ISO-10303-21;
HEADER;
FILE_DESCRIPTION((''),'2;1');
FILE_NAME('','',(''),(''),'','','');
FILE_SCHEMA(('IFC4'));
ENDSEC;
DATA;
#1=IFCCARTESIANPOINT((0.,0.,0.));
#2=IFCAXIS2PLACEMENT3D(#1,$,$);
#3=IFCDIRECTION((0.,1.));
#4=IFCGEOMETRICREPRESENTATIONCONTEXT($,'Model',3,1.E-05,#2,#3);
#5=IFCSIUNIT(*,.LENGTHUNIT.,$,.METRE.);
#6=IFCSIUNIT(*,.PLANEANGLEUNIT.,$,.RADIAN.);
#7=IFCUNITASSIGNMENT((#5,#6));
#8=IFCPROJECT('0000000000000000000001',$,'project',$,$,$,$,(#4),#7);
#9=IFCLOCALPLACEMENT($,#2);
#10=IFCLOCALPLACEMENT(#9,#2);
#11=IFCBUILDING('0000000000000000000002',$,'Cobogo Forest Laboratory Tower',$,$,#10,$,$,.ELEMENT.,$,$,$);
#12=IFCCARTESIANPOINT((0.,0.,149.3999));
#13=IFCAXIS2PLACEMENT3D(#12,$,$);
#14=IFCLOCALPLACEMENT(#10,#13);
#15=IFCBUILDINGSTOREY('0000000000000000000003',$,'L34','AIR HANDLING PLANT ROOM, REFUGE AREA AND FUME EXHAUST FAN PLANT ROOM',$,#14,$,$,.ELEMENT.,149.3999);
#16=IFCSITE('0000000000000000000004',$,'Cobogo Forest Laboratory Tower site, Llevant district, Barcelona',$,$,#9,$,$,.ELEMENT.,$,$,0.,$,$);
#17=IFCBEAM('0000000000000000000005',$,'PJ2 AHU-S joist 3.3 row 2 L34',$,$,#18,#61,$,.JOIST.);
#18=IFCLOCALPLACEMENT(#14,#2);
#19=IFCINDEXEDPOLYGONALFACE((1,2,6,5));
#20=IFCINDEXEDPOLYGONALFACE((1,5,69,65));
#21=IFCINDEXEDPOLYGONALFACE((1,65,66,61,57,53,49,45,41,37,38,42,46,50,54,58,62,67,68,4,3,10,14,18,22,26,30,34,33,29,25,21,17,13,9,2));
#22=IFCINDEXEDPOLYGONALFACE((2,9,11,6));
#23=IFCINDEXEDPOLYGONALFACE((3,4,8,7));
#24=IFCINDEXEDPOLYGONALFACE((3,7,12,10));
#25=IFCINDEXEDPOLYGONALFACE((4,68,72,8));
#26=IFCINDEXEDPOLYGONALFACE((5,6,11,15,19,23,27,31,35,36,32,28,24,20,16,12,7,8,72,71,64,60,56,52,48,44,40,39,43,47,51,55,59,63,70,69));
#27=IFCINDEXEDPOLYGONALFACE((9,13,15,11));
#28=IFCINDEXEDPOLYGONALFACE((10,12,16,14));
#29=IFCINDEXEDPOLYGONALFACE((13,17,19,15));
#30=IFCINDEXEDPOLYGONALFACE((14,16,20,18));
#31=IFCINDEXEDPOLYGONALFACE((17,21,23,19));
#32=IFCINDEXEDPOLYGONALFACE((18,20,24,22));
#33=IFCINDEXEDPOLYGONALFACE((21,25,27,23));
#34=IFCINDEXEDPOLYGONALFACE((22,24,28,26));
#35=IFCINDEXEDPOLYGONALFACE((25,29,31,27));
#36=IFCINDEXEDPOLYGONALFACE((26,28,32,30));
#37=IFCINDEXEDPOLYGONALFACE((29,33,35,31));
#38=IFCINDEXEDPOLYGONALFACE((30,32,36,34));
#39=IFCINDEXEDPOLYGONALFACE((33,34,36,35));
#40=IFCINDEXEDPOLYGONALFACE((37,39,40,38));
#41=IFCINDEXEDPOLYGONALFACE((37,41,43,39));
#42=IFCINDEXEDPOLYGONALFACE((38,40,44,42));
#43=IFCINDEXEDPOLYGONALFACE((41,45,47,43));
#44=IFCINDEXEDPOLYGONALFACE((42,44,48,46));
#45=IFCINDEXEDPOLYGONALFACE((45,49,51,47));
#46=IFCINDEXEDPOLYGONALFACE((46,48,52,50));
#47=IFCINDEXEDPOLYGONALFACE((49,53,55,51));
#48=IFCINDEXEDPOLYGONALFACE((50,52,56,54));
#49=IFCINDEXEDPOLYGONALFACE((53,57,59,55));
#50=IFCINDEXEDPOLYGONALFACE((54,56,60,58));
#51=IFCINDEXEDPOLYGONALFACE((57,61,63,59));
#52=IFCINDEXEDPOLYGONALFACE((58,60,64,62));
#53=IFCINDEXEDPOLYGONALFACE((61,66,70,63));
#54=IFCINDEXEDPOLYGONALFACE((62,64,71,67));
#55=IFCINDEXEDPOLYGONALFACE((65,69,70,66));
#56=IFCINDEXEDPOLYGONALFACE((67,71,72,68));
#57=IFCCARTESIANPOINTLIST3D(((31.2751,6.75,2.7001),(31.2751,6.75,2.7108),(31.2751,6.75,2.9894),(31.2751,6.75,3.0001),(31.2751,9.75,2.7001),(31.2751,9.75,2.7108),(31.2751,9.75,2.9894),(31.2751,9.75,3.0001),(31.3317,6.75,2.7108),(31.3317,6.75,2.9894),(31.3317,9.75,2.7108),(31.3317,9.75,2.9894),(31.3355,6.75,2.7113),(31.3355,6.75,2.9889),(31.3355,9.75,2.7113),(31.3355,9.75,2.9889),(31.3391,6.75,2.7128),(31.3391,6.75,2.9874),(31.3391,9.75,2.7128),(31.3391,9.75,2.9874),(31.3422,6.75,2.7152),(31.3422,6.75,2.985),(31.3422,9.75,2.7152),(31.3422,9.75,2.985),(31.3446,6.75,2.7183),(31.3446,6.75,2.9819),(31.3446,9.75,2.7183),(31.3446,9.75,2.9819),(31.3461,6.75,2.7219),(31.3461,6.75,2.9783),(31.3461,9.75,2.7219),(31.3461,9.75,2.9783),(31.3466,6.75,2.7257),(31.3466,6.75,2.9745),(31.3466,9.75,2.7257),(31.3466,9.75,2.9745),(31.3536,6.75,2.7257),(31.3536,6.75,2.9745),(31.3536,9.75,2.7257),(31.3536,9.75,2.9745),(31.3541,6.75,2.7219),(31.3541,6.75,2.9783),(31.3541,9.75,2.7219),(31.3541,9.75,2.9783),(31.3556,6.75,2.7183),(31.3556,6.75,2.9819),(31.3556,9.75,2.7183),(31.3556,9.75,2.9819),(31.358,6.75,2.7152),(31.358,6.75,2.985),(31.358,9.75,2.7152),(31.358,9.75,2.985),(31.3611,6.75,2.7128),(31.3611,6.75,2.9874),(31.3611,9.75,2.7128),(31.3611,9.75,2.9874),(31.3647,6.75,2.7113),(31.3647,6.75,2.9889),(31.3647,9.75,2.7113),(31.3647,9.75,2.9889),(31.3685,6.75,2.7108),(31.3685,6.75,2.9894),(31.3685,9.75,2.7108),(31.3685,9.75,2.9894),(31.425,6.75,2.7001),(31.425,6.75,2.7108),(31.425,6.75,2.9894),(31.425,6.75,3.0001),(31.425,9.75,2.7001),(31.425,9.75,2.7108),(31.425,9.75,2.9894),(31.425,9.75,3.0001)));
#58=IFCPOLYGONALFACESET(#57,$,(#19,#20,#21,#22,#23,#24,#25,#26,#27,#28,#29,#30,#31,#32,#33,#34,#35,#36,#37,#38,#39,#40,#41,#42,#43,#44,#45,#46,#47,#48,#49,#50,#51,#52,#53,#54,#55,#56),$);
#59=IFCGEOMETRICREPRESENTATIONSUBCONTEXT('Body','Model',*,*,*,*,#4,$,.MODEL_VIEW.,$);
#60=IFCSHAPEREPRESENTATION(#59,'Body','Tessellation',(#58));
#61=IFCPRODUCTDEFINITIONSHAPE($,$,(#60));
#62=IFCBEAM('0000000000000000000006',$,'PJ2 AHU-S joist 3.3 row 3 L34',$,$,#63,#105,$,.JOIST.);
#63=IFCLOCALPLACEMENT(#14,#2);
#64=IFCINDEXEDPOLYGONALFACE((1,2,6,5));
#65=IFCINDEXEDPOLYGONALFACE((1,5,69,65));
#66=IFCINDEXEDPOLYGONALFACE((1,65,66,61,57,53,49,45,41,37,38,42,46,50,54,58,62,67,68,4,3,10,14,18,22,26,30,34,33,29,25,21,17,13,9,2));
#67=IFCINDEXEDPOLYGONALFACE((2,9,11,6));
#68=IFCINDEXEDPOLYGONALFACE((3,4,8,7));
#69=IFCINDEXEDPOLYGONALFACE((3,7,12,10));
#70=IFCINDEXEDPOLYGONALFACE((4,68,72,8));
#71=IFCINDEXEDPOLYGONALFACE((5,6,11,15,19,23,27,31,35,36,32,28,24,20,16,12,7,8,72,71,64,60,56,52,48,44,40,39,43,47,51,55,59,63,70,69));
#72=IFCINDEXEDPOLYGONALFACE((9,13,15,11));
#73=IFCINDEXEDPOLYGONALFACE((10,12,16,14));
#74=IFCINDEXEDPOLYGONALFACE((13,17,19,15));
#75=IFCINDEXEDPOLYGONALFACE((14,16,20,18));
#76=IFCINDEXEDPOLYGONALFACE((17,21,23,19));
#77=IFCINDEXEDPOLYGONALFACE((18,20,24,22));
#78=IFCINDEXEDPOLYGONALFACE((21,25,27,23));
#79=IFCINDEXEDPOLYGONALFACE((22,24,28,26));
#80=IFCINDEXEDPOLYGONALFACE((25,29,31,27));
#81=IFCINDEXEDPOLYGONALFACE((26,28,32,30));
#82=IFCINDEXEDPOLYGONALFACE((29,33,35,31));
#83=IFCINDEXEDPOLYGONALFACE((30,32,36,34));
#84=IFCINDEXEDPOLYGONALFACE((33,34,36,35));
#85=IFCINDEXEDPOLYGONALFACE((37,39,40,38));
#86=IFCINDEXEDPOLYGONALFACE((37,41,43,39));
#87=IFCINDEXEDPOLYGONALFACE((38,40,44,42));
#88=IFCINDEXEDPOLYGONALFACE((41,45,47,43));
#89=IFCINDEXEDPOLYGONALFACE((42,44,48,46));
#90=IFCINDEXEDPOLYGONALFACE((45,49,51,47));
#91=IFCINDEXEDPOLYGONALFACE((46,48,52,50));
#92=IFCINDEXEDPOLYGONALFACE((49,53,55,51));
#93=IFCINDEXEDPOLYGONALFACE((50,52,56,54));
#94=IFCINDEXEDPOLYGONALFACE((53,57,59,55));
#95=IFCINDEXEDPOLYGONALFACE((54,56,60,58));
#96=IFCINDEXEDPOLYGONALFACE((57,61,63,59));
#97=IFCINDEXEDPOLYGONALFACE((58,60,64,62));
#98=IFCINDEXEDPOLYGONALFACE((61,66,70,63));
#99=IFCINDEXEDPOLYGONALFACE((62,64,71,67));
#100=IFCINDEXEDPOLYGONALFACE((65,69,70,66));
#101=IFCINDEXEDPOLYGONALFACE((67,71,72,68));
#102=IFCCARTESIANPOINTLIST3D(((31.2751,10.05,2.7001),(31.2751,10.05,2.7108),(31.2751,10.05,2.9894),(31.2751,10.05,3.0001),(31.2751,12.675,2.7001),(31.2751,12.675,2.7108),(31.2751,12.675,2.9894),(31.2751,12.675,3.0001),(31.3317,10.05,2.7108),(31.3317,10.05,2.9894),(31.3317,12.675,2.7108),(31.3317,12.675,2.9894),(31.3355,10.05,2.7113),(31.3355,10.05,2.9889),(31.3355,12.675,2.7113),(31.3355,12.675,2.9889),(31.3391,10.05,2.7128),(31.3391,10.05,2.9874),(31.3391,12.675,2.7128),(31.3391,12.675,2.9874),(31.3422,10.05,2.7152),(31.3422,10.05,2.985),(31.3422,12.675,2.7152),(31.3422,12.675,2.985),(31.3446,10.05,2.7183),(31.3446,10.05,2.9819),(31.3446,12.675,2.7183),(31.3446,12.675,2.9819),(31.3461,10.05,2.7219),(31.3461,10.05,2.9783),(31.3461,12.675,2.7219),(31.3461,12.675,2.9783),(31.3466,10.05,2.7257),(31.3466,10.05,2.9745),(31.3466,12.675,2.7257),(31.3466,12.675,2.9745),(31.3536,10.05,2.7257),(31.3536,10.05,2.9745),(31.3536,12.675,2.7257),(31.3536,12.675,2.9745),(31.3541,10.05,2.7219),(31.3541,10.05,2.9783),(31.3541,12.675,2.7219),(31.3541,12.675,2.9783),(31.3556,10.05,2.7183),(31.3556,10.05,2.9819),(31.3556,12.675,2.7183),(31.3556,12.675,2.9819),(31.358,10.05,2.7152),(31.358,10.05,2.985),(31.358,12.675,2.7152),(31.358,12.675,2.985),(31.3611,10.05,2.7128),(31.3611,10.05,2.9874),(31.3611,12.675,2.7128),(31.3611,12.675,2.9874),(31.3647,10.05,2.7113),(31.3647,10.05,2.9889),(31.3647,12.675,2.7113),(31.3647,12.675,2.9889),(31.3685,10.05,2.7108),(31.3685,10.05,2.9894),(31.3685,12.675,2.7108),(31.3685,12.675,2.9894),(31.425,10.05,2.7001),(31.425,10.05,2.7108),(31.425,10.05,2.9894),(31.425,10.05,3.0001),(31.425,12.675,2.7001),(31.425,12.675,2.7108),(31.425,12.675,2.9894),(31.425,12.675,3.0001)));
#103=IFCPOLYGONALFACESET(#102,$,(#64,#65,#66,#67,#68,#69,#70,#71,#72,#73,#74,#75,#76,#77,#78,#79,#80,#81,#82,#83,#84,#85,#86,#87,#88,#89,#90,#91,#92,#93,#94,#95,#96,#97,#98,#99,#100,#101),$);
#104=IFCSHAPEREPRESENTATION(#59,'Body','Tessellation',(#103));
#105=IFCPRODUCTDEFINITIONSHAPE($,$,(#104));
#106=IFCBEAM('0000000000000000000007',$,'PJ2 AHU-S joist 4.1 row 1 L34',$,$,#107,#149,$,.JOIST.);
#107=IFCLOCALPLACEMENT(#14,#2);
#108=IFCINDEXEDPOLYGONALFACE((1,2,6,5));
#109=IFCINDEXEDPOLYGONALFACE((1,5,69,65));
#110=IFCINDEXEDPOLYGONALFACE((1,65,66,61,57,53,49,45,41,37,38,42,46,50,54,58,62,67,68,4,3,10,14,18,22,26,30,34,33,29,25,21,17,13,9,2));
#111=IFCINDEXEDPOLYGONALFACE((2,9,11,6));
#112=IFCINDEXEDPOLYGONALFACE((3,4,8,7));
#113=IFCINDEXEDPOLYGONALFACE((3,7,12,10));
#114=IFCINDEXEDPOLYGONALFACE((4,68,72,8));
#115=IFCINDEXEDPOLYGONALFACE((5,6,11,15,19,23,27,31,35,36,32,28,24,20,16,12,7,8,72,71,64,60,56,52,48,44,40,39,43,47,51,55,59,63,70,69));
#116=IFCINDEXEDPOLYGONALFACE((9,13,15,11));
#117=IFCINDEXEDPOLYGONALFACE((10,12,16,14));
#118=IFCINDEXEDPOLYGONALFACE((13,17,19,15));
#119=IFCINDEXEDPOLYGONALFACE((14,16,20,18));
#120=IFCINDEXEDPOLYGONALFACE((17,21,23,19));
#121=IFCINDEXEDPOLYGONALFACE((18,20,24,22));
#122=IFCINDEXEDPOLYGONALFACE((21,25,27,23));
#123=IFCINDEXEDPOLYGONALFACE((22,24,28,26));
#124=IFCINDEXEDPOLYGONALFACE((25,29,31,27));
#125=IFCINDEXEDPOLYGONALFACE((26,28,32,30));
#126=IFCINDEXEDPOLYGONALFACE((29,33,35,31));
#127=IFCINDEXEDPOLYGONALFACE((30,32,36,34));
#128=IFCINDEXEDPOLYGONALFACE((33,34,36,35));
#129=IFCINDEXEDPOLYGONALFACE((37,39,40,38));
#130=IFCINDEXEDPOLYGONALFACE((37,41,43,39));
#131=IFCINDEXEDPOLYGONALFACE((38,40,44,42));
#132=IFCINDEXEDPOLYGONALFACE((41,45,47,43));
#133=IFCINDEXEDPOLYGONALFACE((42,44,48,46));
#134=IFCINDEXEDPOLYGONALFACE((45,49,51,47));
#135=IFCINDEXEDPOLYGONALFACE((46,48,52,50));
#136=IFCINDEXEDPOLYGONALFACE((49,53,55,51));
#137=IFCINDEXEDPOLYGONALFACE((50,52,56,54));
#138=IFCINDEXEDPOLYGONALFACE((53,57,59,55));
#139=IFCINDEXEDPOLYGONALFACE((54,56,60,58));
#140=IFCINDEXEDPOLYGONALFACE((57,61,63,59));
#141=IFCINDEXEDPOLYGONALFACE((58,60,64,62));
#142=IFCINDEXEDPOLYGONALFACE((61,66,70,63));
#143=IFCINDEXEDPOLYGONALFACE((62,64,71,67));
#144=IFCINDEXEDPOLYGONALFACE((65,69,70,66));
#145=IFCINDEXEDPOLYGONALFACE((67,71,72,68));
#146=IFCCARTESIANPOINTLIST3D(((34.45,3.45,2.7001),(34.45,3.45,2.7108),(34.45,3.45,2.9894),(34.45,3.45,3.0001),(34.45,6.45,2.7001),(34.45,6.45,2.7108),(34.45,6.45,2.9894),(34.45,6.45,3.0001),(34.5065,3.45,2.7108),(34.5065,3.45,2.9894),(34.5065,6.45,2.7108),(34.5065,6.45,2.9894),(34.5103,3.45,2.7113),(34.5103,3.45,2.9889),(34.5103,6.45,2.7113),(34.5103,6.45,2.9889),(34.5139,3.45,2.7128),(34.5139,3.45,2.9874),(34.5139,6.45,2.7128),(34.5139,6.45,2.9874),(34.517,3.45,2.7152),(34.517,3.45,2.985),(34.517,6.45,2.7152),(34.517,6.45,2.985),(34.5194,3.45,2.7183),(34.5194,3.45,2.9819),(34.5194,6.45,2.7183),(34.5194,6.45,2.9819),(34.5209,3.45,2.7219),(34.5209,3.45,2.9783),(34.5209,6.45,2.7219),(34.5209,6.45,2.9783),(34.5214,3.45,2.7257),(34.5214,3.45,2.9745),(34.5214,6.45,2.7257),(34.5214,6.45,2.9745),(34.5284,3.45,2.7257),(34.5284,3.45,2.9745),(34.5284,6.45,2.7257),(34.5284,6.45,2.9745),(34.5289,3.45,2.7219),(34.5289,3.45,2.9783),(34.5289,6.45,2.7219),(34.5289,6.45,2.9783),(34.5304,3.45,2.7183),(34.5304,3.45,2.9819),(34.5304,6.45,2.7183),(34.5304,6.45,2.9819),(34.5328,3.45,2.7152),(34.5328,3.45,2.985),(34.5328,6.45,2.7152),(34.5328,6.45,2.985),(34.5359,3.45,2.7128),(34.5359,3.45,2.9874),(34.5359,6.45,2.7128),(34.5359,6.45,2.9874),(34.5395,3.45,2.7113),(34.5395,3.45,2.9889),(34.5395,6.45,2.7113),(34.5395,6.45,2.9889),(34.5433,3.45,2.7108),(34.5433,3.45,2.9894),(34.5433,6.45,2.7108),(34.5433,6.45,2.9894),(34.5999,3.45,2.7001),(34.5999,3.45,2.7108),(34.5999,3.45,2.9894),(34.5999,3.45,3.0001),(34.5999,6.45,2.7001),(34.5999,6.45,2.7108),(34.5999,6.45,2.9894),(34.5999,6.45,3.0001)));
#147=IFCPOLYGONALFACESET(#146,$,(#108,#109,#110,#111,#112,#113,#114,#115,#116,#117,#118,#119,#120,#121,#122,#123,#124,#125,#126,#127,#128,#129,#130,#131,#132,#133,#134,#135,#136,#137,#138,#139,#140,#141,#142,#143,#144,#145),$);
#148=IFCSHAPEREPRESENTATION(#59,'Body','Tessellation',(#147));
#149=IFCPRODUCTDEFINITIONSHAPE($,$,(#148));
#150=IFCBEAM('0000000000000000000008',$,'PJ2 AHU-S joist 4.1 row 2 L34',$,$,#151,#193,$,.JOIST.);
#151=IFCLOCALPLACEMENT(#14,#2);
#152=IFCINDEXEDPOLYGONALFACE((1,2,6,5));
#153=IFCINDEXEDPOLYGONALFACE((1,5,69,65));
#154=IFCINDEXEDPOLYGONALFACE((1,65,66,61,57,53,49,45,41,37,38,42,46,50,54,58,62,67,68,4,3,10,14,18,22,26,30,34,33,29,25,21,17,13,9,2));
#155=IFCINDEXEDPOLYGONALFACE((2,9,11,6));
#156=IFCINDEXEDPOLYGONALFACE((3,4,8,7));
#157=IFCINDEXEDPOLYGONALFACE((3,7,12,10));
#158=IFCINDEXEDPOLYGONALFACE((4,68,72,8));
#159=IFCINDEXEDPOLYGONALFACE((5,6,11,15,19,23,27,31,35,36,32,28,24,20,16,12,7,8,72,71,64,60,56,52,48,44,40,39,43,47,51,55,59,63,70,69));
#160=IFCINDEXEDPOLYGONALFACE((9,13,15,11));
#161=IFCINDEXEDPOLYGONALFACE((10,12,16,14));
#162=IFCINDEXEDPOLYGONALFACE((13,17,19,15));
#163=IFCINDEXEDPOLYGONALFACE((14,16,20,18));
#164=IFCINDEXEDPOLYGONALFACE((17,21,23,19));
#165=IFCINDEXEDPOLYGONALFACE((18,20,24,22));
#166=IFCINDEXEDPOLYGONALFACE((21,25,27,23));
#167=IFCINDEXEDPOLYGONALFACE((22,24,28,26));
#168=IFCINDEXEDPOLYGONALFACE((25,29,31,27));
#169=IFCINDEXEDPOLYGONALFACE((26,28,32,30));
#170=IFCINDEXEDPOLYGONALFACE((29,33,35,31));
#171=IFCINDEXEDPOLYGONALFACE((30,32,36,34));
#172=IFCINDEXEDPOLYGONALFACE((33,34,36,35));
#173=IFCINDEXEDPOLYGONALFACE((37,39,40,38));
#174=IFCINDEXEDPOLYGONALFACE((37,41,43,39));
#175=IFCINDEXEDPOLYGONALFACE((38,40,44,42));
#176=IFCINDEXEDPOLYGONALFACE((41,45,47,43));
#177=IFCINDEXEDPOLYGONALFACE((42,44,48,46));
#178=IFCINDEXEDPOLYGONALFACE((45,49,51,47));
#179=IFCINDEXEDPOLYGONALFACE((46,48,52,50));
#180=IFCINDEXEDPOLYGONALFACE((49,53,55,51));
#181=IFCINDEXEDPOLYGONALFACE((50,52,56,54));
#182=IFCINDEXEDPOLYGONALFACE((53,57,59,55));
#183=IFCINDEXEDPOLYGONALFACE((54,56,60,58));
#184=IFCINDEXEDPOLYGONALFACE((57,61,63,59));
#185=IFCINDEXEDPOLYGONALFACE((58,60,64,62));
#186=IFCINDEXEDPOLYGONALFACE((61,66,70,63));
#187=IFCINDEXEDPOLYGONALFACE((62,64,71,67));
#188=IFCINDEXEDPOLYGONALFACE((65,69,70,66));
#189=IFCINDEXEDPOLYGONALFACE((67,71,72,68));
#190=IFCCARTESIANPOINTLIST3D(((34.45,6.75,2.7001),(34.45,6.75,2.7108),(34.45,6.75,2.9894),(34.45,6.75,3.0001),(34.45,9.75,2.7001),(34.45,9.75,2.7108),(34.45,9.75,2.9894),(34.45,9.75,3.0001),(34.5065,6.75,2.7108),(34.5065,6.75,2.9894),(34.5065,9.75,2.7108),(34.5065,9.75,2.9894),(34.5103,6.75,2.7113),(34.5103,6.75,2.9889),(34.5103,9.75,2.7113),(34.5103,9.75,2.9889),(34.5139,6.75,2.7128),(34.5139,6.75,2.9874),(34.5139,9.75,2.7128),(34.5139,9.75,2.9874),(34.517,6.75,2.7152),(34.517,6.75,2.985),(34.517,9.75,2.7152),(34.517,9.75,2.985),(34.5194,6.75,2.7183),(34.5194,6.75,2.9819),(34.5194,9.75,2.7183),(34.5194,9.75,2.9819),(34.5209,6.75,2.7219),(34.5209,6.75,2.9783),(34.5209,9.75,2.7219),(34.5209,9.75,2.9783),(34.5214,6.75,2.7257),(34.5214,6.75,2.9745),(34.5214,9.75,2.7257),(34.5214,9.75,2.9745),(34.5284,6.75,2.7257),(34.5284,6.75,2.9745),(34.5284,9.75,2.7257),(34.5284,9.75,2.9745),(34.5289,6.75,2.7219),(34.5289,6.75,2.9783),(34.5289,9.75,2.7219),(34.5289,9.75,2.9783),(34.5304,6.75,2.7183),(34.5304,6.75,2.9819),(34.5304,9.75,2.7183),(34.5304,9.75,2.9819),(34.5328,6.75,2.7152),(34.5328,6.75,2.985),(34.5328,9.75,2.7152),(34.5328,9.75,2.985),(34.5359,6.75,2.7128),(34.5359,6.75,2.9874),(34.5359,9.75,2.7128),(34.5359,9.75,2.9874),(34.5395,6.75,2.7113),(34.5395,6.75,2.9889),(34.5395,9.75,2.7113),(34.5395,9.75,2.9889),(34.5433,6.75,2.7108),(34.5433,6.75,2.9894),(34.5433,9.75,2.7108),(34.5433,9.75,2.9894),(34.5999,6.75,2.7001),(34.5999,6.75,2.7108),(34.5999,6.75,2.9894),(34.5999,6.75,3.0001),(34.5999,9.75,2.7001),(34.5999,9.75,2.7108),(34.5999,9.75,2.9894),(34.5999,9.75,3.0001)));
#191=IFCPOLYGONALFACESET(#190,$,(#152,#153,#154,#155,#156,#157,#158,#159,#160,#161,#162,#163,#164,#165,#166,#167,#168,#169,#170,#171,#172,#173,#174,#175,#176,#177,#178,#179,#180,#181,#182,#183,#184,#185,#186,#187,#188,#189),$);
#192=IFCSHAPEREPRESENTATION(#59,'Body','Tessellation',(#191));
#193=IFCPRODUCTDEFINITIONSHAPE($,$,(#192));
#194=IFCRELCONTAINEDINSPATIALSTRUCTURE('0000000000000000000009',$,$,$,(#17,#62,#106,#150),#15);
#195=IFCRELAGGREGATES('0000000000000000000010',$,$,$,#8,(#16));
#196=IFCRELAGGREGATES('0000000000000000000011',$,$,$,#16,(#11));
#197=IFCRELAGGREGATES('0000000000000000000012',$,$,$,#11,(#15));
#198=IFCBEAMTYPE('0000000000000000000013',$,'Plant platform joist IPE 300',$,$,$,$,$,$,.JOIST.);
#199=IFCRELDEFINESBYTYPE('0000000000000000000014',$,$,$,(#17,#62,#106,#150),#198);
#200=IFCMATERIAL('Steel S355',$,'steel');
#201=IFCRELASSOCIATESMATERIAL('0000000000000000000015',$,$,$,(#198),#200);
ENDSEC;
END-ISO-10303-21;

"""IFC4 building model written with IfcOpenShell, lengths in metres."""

from ifc_helpers import new_model, si_unit, direction, frame, origin, origin_2d, place, context, subcontext, project, spatial, i_section, extrude, material, material_profile, profile_set, type_object, element, save


model = new_model("IFC4")

# Units and contexts
model_context = context("Model", 3, precision=1e-05, world=origin(), true_north=direction((0.0, 1.0)))
body_context = subcontext(model_context, "Body", "Model", "MODEL_VIEW")
ifc_project = project(units=[si_unit("LENGTHUNIT", "METRE"), si_unit("PLANEANGLEUNIT", "RADIAN")], contexts=[model_context])

# Site, building, storey
site_placement = place(None, origin())
site = spatial("IfcSite", under=ifc_project, at=site_placement, Name="Cobogo Forest Laboratory Tower site, Llevant district, Barcelona", CompositionType="ELEMENT", RefElevation=0.0)
building_placement = place(site_placement, origin())
building = spatial("IfcBuilding", under=site, at=building_placement, Name="Cobogo Forest Laboratory Tower", CompositionType="ELEMENT")
storey_placement = place(building_placement, frame((0.0, 0.0, 149.3999)))
storey = spatial("IfcBuildingStorey", under=building, at=storey_placement, Name="L34", Description="AIR HANDLING PLANT ROOM, REFUGE AREA AND FUME EXHAUST FAN PLANT ROOM", CompositionType="ELEMENT", Elevation=149.3999)

# Beams
ifc_material_1 = material(Name="Steel S355", Category="steel")
ifc_material_profile_1 = material_profile(ifc_material_1, i_section(OverallWidth=0.1499, OverallDepth=0.3, WebThickness=0.0071, FlangeThickness=0.0107, FilletRadius=0.0149, at=origin_2d()), Name="IPE 300")
ifc_profile_set_1 = profile_set([ifc_material_profile_1], Name="Steel S355")
beam_type_1 = type_object("IfcBeamType", Name="Plant platform joist IPE 300", PredefinedType="JOIST", material=ifc_profile_set_1)
for number, where, z_axis, x_axis, name in (
    (1, (31.3501, 6.75, 2.8501), (0.0, 1.0, 0.0), (-1.0, 0.0, 0.0), "PJ2 AHU-S joist 3.3 row 2 L34"),
):
    element("IfcBeam", number, at=place(storey_placement, frame(where, z_axis=z_axis, x_axis=x_axis)), inside=storey, type_object=beam_type_1, Name=name, PredefinedType="JOIST", context=body_context, shape_type="SweptSolid", body=[
        extrude(i_section(OverallWidth=0.1499, OverallDepth=0.3, WebThickness=0.0071, FlangeThickness=0.0107, FilletRadius=0.0149, at=origin_2d()), origin(), (0.0, 0.0, 1.0), 3.0),
    ])
beam_1_placement = place(storey_placement, frame((31.3501, 10.05, 2.8501), z_axis=(0.0, 1.0, 0.0), x_axis=(-1.0, 0.0, 0.0)))
element("IfcBeam", 2, at=beam_1_placement, inside=storey, type_object=beam_type_1, Name="PJ2 AHU-S joist 3.3 row 3 L34", PredefinedType="JOIST", context=body_context, shape_type="SweptSolid", body=[
    extrude(i_section(OverallWidth=0.1499, OverallDepth=0.3, WebThickness=0.0071, FlangeThickness=0.0107, FilletRadius=0.0149, at=origin_2d()), origin(), (0.0, 0.0, 1.0), 2.625),
])
for number, where, z_axis, x_axis, name in (
    (3, (34.5249, 3.45, 2.8501), (0.0, 1.0, 0.0), (-1.0, 0.0, 0.0), "PJ2 AHU-S joist 4.1 row 1 L34"),
    (4, (34.5249, 6.75, 2.8501), (0.0, 1.0, 0.0), (-1.0, 0.0, 0.0), "PJ2 AHU-S joist 4.1 row 2 L34"),
):
    element("IfcBeam", number, at=place(storey_placement, frame(where, z_axis=z_axis, x_axis=x_axis)), inside=storey, type_object=beam_type_1, Name=name, PredefinedType="JOIST", context=body_context, shape_type="SweptSolid", body=[
        extrude(i_section(OverallWidth=0.1499, OverallDepth=0.3, WebThickness=0.0071, FlangeThickness=0.0107, FilletRadius=0.0149, at=origin_2d()), origin(), (0.0, 0.0, 1.0), 3.0),
    ])

save(model, "model.ifc")
